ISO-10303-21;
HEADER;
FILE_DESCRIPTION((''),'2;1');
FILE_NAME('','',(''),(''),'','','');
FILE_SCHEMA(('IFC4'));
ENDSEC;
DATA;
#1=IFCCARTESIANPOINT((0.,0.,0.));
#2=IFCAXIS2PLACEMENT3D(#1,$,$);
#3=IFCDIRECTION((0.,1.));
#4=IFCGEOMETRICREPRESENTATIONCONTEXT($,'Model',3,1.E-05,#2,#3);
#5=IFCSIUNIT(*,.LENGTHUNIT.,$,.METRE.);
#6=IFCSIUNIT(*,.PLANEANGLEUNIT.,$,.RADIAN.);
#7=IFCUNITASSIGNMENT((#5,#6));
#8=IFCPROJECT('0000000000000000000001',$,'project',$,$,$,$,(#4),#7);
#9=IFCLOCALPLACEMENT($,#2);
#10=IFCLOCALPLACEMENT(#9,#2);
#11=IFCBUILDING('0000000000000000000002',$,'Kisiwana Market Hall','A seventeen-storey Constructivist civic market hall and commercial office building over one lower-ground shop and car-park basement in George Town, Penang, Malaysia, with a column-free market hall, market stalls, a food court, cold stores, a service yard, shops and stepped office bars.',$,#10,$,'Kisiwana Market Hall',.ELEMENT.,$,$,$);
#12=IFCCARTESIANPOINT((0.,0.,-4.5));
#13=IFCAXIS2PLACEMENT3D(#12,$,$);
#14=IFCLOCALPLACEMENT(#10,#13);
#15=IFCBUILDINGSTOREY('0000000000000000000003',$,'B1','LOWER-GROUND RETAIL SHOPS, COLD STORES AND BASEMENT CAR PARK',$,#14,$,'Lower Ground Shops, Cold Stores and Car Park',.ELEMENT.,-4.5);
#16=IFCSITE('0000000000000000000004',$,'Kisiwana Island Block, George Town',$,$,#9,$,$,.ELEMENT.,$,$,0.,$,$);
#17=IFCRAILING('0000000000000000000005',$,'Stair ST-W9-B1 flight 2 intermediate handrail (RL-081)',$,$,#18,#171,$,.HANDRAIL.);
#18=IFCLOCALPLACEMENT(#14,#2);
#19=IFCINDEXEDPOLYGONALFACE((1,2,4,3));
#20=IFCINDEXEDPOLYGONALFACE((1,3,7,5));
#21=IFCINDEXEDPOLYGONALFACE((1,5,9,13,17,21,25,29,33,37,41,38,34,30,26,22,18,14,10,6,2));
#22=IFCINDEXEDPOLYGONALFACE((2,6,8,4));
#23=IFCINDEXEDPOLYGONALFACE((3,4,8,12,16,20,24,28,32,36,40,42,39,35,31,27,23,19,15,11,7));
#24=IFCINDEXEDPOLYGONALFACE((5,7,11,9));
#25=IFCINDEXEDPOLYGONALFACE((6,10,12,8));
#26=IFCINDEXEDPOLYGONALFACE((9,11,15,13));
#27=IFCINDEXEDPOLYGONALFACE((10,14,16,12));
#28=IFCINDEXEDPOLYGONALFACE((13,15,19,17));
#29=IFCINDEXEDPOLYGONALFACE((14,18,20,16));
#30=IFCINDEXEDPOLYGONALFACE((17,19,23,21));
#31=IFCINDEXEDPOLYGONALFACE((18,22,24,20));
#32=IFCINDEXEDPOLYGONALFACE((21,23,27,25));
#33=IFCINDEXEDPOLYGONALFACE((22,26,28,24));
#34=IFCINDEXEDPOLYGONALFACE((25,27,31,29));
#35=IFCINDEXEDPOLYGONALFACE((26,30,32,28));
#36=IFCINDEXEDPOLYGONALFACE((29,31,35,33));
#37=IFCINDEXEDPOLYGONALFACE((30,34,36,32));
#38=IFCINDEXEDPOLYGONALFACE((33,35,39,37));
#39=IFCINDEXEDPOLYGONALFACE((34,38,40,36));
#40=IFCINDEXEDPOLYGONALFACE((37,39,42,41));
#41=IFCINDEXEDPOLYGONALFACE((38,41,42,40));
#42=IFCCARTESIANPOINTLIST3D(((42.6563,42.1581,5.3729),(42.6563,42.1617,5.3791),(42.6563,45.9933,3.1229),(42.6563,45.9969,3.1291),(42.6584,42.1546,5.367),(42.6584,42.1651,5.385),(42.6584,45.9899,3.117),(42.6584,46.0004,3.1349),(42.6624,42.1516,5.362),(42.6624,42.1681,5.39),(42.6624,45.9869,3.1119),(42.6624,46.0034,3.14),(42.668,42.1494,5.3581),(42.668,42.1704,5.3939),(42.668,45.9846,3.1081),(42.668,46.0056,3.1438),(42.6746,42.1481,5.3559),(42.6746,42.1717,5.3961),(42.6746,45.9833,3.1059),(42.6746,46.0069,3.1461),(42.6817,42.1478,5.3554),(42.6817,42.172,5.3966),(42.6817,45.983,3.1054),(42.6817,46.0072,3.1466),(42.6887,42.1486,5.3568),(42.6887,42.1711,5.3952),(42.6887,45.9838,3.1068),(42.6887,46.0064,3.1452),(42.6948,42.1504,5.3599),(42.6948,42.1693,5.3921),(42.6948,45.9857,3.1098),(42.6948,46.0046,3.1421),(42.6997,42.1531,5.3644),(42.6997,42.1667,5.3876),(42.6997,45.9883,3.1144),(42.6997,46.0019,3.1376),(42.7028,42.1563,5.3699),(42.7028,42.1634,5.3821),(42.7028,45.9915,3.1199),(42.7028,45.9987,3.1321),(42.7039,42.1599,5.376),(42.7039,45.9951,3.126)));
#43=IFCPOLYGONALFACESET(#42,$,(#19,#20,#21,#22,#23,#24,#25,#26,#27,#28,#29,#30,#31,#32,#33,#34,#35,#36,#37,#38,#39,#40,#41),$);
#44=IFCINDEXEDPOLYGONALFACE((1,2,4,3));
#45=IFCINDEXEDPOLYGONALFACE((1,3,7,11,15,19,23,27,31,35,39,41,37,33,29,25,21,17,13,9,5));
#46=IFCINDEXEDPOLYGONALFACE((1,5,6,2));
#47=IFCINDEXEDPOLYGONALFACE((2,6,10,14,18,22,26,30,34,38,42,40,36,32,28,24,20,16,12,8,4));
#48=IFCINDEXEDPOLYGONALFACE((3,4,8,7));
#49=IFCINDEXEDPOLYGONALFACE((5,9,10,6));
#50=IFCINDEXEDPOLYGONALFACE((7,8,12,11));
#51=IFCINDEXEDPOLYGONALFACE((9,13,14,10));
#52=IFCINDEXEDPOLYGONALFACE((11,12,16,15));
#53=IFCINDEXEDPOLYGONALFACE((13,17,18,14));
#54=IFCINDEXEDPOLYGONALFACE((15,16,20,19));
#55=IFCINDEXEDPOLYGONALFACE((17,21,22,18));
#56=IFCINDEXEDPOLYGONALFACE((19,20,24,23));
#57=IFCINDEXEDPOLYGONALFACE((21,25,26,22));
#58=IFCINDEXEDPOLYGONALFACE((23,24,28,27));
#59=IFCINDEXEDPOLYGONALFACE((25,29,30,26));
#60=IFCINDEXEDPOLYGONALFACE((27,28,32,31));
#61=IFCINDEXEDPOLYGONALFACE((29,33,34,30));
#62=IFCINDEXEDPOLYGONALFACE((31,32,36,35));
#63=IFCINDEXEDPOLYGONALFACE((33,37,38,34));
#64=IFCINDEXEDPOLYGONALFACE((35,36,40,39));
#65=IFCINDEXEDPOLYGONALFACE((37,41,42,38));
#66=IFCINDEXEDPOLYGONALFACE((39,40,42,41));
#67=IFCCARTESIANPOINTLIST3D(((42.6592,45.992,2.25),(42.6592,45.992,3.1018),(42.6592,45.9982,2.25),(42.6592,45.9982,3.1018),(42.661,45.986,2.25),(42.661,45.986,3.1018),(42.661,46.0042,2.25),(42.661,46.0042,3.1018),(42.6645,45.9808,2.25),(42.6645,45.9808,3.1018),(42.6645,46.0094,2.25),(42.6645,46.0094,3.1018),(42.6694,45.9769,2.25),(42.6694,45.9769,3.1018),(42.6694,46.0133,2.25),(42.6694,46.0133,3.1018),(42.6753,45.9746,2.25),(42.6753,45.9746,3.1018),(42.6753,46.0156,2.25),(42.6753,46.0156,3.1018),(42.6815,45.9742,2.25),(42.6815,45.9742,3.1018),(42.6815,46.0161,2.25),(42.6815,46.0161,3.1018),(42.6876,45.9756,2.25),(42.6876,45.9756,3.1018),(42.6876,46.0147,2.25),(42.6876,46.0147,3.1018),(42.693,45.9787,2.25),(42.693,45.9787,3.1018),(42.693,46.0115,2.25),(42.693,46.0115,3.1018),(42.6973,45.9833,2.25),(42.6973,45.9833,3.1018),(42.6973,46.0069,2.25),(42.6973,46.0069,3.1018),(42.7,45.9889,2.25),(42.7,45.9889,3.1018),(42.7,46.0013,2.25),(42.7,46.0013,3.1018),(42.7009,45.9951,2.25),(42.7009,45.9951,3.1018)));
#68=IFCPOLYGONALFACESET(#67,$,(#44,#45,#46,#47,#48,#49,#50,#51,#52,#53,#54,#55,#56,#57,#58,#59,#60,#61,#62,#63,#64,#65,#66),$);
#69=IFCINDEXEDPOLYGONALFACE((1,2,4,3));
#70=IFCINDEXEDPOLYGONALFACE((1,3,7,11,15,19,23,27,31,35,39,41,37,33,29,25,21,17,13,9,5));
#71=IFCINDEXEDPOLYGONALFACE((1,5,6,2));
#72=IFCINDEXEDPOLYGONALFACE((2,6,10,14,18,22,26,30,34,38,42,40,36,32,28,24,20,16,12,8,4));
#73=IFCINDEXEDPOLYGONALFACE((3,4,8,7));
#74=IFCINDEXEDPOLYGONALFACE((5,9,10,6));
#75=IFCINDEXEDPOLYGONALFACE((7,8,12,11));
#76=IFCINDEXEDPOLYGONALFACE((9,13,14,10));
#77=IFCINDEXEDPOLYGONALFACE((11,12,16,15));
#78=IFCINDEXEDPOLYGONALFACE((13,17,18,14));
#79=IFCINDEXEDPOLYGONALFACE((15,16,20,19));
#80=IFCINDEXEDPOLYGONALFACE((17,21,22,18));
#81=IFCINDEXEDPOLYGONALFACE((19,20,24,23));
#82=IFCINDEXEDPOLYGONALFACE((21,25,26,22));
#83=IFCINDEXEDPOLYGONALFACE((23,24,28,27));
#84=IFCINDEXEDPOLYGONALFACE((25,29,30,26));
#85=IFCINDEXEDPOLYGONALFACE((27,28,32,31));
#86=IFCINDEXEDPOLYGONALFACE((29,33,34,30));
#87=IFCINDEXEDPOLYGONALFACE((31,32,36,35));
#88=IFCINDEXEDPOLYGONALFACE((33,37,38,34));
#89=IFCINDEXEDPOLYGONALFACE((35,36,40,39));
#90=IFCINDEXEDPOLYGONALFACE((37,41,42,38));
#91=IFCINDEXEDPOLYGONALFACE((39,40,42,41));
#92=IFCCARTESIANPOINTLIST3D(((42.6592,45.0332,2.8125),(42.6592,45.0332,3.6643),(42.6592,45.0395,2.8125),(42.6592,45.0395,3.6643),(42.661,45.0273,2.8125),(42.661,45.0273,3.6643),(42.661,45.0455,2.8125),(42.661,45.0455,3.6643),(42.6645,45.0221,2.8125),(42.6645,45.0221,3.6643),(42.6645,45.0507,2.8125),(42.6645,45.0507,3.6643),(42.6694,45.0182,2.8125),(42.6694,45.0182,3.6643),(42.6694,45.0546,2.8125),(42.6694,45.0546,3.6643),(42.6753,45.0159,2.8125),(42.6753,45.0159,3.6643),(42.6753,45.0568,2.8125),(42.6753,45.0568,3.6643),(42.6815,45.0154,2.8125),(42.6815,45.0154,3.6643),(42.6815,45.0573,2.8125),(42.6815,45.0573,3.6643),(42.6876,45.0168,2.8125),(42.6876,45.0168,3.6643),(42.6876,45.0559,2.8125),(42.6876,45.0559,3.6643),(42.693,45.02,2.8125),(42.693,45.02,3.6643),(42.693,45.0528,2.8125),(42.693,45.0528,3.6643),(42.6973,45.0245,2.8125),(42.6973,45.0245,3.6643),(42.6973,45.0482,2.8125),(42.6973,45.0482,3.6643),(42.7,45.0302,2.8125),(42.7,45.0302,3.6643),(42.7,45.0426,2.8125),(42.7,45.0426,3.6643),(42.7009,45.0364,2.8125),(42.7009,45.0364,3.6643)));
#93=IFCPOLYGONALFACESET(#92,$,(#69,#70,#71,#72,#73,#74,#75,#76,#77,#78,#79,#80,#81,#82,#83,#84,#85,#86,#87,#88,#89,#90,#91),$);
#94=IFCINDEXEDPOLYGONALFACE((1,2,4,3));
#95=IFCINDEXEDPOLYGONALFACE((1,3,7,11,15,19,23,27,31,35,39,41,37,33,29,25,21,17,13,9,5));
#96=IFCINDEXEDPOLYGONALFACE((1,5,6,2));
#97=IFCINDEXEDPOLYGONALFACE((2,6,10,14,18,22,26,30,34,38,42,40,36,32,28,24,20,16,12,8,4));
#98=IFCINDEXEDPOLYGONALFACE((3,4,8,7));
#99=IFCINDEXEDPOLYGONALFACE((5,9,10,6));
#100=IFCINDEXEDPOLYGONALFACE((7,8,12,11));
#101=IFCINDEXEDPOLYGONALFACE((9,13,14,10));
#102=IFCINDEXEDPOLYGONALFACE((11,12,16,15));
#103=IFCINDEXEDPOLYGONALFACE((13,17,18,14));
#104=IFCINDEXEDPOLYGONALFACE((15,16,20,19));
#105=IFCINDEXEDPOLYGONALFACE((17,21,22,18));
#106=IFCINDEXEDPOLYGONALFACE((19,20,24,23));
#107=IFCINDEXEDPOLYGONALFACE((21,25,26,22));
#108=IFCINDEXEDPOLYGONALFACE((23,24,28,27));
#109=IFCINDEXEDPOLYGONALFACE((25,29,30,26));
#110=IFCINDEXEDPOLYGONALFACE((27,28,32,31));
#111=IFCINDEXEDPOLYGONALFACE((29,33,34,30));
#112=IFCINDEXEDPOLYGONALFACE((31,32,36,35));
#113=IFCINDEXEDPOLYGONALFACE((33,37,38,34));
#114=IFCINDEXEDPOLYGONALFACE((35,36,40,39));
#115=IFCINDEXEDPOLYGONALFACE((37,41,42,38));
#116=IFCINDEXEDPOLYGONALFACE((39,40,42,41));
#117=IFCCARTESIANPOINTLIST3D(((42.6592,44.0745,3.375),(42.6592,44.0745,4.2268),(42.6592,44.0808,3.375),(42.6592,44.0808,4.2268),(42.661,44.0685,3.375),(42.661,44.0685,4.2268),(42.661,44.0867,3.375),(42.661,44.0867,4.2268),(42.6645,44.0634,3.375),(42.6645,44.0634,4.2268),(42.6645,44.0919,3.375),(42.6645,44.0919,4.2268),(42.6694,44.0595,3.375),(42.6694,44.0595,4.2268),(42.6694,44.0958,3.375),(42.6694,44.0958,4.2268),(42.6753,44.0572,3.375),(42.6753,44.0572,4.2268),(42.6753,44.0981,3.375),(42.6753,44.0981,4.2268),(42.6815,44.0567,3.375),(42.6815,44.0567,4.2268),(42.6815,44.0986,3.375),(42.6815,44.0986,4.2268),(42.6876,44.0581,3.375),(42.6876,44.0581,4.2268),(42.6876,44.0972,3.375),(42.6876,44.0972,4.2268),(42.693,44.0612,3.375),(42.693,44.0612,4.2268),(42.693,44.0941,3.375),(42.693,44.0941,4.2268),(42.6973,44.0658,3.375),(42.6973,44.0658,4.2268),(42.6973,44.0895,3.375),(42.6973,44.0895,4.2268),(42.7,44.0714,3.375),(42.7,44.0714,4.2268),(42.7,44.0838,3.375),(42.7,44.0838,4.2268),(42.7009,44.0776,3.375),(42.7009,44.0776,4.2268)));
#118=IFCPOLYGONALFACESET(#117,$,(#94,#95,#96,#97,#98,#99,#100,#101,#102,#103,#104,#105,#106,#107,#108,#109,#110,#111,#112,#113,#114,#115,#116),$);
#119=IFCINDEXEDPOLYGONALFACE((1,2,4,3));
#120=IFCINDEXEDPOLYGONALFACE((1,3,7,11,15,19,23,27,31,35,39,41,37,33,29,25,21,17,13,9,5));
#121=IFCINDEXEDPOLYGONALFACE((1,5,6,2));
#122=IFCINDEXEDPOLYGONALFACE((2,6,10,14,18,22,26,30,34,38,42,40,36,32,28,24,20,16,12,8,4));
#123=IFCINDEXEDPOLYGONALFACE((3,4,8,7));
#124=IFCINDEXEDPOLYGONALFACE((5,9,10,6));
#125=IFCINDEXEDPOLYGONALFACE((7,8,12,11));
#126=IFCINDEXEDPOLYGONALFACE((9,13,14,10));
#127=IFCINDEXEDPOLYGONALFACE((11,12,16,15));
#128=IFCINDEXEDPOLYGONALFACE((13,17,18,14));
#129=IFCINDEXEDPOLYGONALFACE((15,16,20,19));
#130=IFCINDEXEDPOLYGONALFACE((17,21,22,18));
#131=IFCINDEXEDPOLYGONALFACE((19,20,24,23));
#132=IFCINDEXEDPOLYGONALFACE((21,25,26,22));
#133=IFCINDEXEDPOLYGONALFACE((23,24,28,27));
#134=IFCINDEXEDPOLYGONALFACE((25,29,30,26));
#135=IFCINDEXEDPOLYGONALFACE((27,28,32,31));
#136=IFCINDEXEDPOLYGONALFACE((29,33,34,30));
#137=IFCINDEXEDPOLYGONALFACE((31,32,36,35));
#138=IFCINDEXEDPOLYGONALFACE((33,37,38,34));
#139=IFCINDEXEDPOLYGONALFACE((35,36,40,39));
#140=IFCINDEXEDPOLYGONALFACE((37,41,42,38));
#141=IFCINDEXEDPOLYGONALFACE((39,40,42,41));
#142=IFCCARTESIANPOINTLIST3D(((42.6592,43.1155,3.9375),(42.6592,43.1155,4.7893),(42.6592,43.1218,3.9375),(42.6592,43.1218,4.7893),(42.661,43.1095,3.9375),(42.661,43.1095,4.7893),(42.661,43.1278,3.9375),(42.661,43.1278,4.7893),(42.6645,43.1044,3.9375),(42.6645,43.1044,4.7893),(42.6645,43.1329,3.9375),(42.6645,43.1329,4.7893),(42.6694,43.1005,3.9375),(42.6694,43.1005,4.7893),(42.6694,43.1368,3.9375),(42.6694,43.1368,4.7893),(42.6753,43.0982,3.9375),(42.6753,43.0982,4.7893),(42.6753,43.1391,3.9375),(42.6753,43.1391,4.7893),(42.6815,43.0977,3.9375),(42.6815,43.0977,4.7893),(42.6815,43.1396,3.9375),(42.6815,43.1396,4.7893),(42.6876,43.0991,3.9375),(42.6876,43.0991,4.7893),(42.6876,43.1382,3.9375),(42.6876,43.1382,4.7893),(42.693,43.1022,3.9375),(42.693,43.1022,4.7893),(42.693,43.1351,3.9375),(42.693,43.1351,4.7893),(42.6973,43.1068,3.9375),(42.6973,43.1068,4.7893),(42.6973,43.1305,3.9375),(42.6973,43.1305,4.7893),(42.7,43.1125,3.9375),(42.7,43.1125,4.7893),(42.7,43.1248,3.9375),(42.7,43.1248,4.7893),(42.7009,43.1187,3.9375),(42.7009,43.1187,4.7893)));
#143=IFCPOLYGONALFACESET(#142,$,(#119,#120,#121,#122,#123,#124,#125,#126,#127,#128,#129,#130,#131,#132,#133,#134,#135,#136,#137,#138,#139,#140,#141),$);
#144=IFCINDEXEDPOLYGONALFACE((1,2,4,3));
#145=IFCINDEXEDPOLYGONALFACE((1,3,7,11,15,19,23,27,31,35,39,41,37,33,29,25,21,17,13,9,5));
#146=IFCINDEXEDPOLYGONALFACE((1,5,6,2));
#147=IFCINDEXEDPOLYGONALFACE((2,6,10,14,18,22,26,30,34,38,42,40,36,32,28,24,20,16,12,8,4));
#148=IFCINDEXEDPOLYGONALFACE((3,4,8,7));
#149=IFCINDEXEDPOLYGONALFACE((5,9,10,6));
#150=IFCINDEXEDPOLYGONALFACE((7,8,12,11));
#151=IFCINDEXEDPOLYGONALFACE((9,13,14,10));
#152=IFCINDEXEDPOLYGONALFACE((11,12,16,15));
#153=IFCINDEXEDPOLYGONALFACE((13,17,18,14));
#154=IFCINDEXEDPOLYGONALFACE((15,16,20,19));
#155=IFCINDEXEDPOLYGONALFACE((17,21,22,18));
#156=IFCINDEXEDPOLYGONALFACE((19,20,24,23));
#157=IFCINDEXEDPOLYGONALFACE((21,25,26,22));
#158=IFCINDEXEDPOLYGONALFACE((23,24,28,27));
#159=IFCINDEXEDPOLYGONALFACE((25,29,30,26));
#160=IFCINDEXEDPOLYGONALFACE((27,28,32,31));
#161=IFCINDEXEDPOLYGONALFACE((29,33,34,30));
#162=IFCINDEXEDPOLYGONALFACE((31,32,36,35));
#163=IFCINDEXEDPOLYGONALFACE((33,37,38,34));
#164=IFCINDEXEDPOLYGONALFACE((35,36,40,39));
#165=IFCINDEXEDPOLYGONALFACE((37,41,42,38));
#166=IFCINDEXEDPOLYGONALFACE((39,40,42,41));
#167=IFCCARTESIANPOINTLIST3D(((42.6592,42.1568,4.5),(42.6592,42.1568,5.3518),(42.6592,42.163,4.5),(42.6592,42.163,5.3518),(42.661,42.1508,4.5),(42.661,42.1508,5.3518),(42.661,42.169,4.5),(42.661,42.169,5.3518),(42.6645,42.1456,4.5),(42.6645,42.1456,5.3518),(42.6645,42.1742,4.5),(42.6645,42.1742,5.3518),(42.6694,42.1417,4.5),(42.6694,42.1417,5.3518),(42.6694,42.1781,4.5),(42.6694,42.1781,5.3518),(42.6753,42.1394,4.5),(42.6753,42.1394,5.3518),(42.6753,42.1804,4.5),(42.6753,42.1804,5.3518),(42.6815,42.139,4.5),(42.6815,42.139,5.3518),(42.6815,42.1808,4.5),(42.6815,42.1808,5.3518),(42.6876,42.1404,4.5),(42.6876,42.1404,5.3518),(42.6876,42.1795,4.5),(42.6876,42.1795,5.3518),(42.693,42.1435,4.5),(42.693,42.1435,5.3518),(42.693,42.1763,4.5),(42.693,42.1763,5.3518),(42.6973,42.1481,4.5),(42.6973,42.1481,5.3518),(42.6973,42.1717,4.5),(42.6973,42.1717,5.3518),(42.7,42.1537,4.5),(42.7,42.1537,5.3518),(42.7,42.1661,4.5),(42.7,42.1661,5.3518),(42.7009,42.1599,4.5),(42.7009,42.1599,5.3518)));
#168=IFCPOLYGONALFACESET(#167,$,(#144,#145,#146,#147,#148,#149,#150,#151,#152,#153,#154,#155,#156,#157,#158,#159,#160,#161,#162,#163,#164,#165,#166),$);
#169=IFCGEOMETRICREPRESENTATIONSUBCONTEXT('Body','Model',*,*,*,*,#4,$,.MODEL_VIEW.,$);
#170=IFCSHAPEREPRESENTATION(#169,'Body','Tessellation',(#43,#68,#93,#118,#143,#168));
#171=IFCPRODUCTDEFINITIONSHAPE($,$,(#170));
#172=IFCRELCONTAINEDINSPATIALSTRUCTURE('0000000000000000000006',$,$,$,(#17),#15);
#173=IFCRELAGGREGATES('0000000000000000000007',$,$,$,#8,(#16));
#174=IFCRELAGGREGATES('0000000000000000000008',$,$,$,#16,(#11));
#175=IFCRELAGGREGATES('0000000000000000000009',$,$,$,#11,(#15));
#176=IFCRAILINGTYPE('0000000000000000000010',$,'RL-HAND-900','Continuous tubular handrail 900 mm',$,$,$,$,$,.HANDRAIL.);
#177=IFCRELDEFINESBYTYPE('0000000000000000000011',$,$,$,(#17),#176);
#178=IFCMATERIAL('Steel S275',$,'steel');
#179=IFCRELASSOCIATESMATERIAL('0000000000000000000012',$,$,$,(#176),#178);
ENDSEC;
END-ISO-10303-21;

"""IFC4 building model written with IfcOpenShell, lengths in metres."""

from ifc_helpers import new_model, si_unit, direction, frame, origin, origin_2d, place, context, subcontext, project, spatial, circle, extrude, material, type_object, element, save


model = new_model("IFC4")

# Units and contexts
model_context = context("Model", 3, precision=1e-05, world=origin(), true_north=direction((0.0, 1.0)))
body_context = subcontext(model_context, "Body", "Model", "MODEL_VIEW")
ifc_project = project(units=[si_unit("LENGTHUNIT", "METRE"), si_unit("PLANEANGLEUNIT", "RADIAN")], contexts=[model_context])

# Site, building, storey
site_placement = place(None, origin())
site = spatial("IfcSite", under=ifc_project, at=site_placement, Name="Kisiwana Island Block, George Town", CompositionType="ELEMENT", RefElevation=0.0)
building_placement = place(site_placement, origin())
building = spatial("IfcBuilding", under=site, at=building_placement, Name="Kisiwana Market Hall", Description="A seventeen-storey Constructivist civic market hall and commercial office building over one lower-ground shop and car-park basement in George Town, Penang, Malaysia, with a column-free market hall, market stalls, a food court, cold stores, a service yard, shops and stepped office bars.", LongName="Kisiwana Market Hall", CompositionType="ELEMENT")
storey_placement = place(building_placement, frame((0.0, 0.0, -4.5)))
storey = spatial("IfcBuildingStorey", under=building, at=storey_placement, Name="B1", Description="LOWER-GROUND RETAIL SHOPS, COLD STORES AND BASEMENT CAR PARK", LongName="Lower Ground Shops, Cold Stores and Car Park", CompositionType="ELEMENT", Elevation=-4.5)

# Railing
ifc_material_1 = material(Name="Steel S275", Category="steel")
railing_type_1 = type_object("IfcRailingType", Name="RL-HAND-900", Description="Continuous tubular handrail 900 mm", PredefinedType="HANDRAIL", material=ifc_material_1)
railing_1_placement = place(storey_placement, frame((42.6799, 45.9951, 2.25)))
element("IfcRailing", 1, at=railing_1_placement, inside=storey, type_object=railing_type_1, Name="Stair ST-W9-B1 flight 2 intermediate handrail (RL-081)", PredefinedType="HANDRAIL", context=body_context, shape_type="SweptSolid", body=[
    extrude(circle(Radius=0.0239, at=origin_2d()), frame((0.0, 0.0, 0.876), z_axis=(0.0, -0.862524, 0.506017), x_axis=(1.0, 0.0, 0.0)), (0.0, 0.0, 1.0), 4.4465),
    extrude(circle(Radius=0.021, at=origin_2d()), origin(), (0.0, 0.0, 1.0), 0.8518),
    extrude(circle(Radius=0.021, at=origin_2d()), frame((0.0, -0.9587, 0.5625)), (0.0, 0.0, 1.0), 0.8518),
    extrude(circle(Radius=0.021, at=origin_2d()), frame((0.0, -1.9175, 1.125)), (0.0, 0.0, 1.0), 0.8518),
    extrude(circle(Radius=0.021, at=origin_2d()), frame((0.0, -2.8765, 1.6875)), (0.0, 0.0, 1.0), 0.8518),
    extrude(circle(Radius=0.021, at=origin_2d()), frame((0.0, -3.8352, 2.25)), (0.0, 0.0, 1.0), 0.8518),
])

save(model, "model.ifc")
